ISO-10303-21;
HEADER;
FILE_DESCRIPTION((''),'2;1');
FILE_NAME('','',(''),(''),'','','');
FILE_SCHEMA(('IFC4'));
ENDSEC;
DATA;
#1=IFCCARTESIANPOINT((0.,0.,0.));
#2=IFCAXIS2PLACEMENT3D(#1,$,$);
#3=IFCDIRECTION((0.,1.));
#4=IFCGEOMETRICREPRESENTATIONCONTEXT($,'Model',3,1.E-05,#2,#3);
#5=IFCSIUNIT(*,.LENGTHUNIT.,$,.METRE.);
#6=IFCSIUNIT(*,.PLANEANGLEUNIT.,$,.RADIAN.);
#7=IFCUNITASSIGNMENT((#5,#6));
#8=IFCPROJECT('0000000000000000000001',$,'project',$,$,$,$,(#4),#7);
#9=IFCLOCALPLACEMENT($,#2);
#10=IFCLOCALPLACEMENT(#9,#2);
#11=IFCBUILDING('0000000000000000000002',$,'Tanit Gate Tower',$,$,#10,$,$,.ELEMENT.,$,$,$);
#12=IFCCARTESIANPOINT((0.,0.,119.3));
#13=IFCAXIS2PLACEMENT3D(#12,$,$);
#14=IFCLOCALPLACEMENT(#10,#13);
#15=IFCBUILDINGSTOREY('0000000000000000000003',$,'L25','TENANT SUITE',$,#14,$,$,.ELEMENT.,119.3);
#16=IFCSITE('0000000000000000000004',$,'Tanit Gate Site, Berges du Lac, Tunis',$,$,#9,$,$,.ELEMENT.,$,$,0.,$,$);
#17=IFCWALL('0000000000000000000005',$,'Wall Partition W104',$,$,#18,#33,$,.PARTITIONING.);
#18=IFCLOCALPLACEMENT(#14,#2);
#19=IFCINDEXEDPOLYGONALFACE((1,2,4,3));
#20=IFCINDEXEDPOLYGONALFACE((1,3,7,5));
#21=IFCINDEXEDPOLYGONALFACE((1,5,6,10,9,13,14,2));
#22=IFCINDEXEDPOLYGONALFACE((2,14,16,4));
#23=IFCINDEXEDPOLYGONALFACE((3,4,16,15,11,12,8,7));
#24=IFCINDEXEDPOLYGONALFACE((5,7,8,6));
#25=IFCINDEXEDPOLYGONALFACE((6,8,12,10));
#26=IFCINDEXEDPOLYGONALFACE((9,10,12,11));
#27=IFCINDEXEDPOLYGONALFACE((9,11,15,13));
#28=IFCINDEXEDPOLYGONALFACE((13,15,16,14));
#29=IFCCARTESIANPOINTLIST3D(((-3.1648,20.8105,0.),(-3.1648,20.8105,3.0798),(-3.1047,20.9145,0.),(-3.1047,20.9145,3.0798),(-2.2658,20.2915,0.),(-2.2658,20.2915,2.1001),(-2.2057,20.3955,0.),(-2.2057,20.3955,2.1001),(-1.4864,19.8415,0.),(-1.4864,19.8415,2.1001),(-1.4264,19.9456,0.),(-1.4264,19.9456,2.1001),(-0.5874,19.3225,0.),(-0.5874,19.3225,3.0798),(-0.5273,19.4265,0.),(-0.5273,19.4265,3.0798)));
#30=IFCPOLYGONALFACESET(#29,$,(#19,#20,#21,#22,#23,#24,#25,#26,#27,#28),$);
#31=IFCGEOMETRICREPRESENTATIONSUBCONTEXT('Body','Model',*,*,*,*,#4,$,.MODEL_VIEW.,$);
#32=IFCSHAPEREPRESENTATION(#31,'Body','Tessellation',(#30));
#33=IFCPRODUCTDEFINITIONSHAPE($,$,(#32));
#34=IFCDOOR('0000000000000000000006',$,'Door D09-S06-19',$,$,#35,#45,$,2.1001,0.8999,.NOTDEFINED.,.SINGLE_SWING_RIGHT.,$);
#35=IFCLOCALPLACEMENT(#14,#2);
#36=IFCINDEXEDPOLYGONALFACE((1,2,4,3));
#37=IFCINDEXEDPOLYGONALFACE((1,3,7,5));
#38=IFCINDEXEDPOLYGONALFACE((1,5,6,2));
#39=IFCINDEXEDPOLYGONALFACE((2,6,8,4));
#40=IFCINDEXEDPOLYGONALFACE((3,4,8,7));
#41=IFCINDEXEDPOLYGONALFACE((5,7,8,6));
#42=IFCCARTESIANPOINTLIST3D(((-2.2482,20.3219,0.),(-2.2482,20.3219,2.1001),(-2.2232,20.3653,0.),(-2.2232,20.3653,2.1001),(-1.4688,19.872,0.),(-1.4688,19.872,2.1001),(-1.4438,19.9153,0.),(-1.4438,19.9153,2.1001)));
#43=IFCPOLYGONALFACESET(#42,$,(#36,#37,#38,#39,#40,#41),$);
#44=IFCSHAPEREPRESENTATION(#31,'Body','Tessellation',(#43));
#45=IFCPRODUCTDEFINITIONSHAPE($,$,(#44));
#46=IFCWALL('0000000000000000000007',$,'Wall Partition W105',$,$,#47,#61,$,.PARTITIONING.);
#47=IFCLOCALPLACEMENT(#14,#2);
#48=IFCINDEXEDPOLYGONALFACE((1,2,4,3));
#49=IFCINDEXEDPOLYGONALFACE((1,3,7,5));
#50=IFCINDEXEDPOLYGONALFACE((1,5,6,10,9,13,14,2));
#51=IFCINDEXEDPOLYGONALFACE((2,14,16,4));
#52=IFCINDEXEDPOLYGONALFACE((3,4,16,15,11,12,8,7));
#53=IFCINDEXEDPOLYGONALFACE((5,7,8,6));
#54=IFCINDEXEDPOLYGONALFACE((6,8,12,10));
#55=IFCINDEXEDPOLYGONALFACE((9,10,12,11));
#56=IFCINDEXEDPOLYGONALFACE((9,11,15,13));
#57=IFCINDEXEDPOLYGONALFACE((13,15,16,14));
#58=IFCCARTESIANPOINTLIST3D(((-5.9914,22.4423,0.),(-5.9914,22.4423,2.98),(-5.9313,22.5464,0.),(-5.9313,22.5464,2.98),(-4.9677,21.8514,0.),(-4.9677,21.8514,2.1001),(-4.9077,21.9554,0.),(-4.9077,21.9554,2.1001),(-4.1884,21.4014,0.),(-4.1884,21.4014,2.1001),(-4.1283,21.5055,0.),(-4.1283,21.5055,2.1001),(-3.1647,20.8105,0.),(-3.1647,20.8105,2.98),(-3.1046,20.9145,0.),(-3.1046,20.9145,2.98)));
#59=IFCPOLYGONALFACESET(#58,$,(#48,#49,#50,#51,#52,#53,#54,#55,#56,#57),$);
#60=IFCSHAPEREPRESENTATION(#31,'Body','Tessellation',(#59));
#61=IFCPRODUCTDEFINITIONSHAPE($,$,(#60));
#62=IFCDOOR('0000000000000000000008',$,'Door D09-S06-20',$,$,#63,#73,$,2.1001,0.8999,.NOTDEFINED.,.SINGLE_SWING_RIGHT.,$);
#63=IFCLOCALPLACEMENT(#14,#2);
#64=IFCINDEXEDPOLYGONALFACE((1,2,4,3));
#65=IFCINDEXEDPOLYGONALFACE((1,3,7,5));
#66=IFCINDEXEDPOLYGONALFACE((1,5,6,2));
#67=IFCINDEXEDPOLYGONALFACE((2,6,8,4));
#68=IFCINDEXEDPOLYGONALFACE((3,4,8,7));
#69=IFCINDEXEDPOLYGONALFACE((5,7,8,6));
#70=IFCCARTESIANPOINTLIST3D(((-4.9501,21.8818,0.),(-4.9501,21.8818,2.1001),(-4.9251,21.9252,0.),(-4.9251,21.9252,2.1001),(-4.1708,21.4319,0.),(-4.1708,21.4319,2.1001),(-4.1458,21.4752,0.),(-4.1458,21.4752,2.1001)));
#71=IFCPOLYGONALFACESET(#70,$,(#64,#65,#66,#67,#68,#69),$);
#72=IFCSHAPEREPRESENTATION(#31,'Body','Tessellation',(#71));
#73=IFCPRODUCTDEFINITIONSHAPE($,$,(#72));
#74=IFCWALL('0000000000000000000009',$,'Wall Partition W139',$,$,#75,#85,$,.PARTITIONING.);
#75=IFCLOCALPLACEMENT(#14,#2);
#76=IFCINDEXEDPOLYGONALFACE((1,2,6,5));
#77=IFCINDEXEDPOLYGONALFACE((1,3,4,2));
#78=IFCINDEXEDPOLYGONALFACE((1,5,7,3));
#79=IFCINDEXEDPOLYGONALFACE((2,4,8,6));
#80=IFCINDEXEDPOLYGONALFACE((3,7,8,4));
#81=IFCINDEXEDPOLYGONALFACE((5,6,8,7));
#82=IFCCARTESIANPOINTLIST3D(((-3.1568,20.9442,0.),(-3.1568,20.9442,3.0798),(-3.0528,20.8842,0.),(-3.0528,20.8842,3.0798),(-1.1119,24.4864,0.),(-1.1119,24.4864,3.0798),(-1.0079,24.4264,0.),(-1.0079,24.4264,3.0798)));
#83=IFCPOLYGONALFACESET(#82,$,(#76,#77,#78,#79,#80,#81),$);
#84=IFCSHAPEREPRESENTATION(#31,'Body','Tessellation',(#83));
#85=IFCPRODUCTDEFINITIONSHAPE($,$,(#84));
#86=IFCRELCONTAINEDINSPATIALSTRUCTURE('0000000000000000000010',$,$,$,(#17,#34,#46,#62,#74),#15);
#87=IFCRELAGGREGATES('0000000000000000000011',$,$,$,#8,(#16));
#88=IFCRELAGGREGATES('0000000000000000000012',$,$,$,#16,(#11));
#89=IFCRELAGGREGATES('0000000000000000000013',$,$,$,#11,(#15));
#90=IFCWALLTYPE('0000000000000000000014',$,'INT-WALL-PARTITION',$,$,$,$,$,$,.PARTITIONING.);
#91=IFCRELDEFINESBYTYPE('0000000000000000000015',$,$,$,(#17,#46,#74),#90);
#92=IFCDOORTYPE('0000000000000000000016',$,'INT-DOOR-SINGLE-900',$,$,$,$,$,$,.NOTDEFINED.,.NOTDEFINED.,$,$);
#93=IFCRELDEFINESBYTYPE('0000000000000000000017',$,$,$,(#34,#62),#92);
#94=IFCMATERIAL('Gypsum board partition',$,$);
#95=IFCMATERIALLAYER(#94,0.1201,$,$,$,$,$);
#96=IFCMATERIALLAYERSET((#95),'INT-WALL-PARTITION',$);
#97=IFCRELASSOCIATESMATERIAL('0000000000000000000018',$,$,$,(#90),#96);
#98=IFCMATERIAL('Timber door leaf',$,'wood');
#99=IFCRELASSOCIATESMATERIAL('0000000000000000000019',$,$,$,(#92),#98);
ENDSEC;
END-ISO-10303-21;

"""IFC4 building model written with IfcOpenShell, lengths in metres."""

from ifc_helpers import new_model, si_unit, direction, frame, frame_2d, origin, place, context, subcontext, project, spatial, rectangle, extrude, material, layer, layer_set, type_object, element, fill, save


model = new_model("IFC4")

# Units and contexts
model_context = context("Model", 3, precision=1e-05, world=origin(), true_north=direction((0.0, 1.0)))
body_context = subcontext(model_context, "Body", "Model", "MODEL_VIEW")
ifc_project = project(units=[si_unit("LENGTHUNIT", "METRE"), si_unit("PLANEANGLEUNIT", "RADIAN")], contexts=[model_context])

# Site, building, storey
site_placement = place(None, origin())
site = spatial("IfcSite", under=ifc_project, at=site_placement, Name="Tanit Gate Site, Berges du Lac, Tunis", CompositionType="ELEMENT", RefElevation=0.0)
building_placement = place(site_placement, origin())
building = spatial("IfcBuilding", under=site, at=building_placement, Name="Tanit Gate Tower", CompositionType="ELEMENT")
storey_placement = place(building_placement, frame((0.0, 0.0, 119.3)))
storey = spatial("IfcBuildingStorey", under=building, at=storey_placement, Name="L25", Description="TENANT SUITE", CompositionType="ELEMENT", Elevation=119.3)

# Walls, openings, doors
ifc_material_1 = material(Name="Gypsum board partition")
ifc_layer_1 = layer(ifc_material_1, 0.1201)
ifc_layer_set_1 = layer_set([ifc_layer_1], Name="INT-WALL-PARTITION")
wall_type_1 = type_object("IfcWallType", Name="INT-WALL-PARTITION", PredefinedType="PARTITIONING", material=ifc_layer_set_1)
wall_1_placement = place(storey_placement, frame((-0.5574, 19.3745, 0.0), z_axis=(0.0, 0.0, 1.0), x_axis=(-0.866028, 0.499995, 0.0)))
wall_1 = element("IfcWall", 1, at=wall_1_placement, inside=storey, type_object=wall_type_1, Name="Wall Partition W104", PredefinedType="PARTITIONING", context=body_context, shape_type="SweptSolid", body=[
    extrude(rectangle(XDim=2.9761, YDim=0.1201, at=frame_2d((1.488, 0.0))), origin(), (0.0, 0.0, 1.0), 3.0798),
])
opening_1_placement = place(wall_1_placement, frame((1.0381, 0.0, 0.0)))
opening_1 = element("IfcOpeningElement", 2, at=opening_1_placement, cuts=wall_1, PredefinedType="OPENING", context=body_context, shape_type="SweptSolid", body=[
    extrude(rectangle(XDim=0.8999, YDim=2.1001, at=frame_2d((0.45, 1.05))), frame((0.0, 0.0701, 0.0), z_axis=(0.0, -1.0, 0.0), x_axis=(1.0, 0.0, 0.0)), (0.0, 0.0, 1.0), 0.1401),
])
ifc_material_2 = material(Name="Timber door leaf", Category="wood")
door_type = type_object("IfcDoorType", Name="INT-DOOR-SINGLE-900", OperationType="NOTDEFINED", PredefinedType="NOTDEFINED", material=ifc_material_2)
door_1_placement = place(opening_1_placement, origin())
door_1 = element("IfcDoor", 3, at=door_1_placement, inside=storey, type_object=door_type, Name="Door D09-S06-19", OperationType="SINGLE_SWING_RIGHT", OverallHeight=2.1001, OverallWidth=0.8999, PredefinedType="NOTDEFINED", context=body_context, shape_type="SweptSolid", body=[
    extrude(rectangle(XDim=0.8999, YDim=2.1001, at=frame_2d((0.45, 1.05))), frame((0.0, 0.0249, 0.0), z_axis=(0.0, -1.0, 0.0), x_axis=(1.0, 0.0, 0.0)), (0.0, 0.0, 1.0), 0.05),
])
fill(opening_1, door_1)
wall_2_placement = place(storey_placement, frame((-3.1348, 20.8625, 0.0), z_axis=(0.0, 0.0, 1.0), x_axis=(-0.866044, 0.499969, 0.0)))
wall_2 = element("IfcWall", 4, at=wall_2_placement, inside=storey, type_object=wall_type_1, Name="Wall Partition W105", PredefinedType="PARTITIONING", context=body_context, shape_type="SweptSolid", body=[
    extrude(rectangle(XDim=3.2639, YDim=0.1201, at=frame_2d((1.6318, 0.0))), origin(), (0.0, 0.0, 1.0), 2.98),
])
opening_2_placement = place(wall_2_placement, frame((1.1819, 0.0, 0.0)))
opening_2 = element("IfcOpeningElement", 5, at=opening_2_placement, cuts=wall_2, PredefinedType="OPENING", context=body_context, shape_type="SweptSolid", body=[
    extrude(rectangle(XDim=0.8999, YDim=2.1001, at=frame_2d((0.45, 1.05))), frame((0.0, 0.0701, 0.0), z_axis=(0.0, -1.0, 0.0), x_axis=(1.0, 0.0, 0.0)), (0.0, 0.0, 1.0), 0.1401),
])
door_2_placement = place(opening_2_placement, origin())
door_2 = element("IfcDoor", 6, at=door_2_placement, inside=storey, type_object=door_type, Name="Door D09-S06-20", OperationType="SINGLE_SWING_RIGHT", OverallHeight=2.1001, OverallWidth=0.8999, PredefinedType="NOTDEFINED", context=body_context, shape_type="SweptSolid", body=[
    extrude(rectangle(XDim=0.8999, YDim=2.1001, at=frame_2d((0.45, 1.05))), frame((0.0, 0.0249, 0.0), z_axis=(0.0, -1.0, 0.0), x_axis=(1.0, 0.0, 0.0)), (0.0, 0.0, 1.0), 0.05),
])
fill(opening_2, door_2)

# Wall
wall_3_placement = place(storey_placement, frame((-3.1047, 20.9143, 0.0), z_axis=(0.0, 0.0, 1.0), x_axis=(0.499965, 0.866045, 0.0)))
element("IfcWall", 7, at=wall_3_placement, inside=storey, type_object=wall_type_1, Name="Wall Partition W139", PredefinedType="PARTITIONING", context=body_context, shape_type="SweptSolid", body=[
    extrude(rectangle(XDim=4.0901, YDim=0.1201, at=frame_2d((2.0449, 0.0))), origin(), (0.0, 0.0, 1.0), 3.0798),
])

save(model, "model.ifc")
